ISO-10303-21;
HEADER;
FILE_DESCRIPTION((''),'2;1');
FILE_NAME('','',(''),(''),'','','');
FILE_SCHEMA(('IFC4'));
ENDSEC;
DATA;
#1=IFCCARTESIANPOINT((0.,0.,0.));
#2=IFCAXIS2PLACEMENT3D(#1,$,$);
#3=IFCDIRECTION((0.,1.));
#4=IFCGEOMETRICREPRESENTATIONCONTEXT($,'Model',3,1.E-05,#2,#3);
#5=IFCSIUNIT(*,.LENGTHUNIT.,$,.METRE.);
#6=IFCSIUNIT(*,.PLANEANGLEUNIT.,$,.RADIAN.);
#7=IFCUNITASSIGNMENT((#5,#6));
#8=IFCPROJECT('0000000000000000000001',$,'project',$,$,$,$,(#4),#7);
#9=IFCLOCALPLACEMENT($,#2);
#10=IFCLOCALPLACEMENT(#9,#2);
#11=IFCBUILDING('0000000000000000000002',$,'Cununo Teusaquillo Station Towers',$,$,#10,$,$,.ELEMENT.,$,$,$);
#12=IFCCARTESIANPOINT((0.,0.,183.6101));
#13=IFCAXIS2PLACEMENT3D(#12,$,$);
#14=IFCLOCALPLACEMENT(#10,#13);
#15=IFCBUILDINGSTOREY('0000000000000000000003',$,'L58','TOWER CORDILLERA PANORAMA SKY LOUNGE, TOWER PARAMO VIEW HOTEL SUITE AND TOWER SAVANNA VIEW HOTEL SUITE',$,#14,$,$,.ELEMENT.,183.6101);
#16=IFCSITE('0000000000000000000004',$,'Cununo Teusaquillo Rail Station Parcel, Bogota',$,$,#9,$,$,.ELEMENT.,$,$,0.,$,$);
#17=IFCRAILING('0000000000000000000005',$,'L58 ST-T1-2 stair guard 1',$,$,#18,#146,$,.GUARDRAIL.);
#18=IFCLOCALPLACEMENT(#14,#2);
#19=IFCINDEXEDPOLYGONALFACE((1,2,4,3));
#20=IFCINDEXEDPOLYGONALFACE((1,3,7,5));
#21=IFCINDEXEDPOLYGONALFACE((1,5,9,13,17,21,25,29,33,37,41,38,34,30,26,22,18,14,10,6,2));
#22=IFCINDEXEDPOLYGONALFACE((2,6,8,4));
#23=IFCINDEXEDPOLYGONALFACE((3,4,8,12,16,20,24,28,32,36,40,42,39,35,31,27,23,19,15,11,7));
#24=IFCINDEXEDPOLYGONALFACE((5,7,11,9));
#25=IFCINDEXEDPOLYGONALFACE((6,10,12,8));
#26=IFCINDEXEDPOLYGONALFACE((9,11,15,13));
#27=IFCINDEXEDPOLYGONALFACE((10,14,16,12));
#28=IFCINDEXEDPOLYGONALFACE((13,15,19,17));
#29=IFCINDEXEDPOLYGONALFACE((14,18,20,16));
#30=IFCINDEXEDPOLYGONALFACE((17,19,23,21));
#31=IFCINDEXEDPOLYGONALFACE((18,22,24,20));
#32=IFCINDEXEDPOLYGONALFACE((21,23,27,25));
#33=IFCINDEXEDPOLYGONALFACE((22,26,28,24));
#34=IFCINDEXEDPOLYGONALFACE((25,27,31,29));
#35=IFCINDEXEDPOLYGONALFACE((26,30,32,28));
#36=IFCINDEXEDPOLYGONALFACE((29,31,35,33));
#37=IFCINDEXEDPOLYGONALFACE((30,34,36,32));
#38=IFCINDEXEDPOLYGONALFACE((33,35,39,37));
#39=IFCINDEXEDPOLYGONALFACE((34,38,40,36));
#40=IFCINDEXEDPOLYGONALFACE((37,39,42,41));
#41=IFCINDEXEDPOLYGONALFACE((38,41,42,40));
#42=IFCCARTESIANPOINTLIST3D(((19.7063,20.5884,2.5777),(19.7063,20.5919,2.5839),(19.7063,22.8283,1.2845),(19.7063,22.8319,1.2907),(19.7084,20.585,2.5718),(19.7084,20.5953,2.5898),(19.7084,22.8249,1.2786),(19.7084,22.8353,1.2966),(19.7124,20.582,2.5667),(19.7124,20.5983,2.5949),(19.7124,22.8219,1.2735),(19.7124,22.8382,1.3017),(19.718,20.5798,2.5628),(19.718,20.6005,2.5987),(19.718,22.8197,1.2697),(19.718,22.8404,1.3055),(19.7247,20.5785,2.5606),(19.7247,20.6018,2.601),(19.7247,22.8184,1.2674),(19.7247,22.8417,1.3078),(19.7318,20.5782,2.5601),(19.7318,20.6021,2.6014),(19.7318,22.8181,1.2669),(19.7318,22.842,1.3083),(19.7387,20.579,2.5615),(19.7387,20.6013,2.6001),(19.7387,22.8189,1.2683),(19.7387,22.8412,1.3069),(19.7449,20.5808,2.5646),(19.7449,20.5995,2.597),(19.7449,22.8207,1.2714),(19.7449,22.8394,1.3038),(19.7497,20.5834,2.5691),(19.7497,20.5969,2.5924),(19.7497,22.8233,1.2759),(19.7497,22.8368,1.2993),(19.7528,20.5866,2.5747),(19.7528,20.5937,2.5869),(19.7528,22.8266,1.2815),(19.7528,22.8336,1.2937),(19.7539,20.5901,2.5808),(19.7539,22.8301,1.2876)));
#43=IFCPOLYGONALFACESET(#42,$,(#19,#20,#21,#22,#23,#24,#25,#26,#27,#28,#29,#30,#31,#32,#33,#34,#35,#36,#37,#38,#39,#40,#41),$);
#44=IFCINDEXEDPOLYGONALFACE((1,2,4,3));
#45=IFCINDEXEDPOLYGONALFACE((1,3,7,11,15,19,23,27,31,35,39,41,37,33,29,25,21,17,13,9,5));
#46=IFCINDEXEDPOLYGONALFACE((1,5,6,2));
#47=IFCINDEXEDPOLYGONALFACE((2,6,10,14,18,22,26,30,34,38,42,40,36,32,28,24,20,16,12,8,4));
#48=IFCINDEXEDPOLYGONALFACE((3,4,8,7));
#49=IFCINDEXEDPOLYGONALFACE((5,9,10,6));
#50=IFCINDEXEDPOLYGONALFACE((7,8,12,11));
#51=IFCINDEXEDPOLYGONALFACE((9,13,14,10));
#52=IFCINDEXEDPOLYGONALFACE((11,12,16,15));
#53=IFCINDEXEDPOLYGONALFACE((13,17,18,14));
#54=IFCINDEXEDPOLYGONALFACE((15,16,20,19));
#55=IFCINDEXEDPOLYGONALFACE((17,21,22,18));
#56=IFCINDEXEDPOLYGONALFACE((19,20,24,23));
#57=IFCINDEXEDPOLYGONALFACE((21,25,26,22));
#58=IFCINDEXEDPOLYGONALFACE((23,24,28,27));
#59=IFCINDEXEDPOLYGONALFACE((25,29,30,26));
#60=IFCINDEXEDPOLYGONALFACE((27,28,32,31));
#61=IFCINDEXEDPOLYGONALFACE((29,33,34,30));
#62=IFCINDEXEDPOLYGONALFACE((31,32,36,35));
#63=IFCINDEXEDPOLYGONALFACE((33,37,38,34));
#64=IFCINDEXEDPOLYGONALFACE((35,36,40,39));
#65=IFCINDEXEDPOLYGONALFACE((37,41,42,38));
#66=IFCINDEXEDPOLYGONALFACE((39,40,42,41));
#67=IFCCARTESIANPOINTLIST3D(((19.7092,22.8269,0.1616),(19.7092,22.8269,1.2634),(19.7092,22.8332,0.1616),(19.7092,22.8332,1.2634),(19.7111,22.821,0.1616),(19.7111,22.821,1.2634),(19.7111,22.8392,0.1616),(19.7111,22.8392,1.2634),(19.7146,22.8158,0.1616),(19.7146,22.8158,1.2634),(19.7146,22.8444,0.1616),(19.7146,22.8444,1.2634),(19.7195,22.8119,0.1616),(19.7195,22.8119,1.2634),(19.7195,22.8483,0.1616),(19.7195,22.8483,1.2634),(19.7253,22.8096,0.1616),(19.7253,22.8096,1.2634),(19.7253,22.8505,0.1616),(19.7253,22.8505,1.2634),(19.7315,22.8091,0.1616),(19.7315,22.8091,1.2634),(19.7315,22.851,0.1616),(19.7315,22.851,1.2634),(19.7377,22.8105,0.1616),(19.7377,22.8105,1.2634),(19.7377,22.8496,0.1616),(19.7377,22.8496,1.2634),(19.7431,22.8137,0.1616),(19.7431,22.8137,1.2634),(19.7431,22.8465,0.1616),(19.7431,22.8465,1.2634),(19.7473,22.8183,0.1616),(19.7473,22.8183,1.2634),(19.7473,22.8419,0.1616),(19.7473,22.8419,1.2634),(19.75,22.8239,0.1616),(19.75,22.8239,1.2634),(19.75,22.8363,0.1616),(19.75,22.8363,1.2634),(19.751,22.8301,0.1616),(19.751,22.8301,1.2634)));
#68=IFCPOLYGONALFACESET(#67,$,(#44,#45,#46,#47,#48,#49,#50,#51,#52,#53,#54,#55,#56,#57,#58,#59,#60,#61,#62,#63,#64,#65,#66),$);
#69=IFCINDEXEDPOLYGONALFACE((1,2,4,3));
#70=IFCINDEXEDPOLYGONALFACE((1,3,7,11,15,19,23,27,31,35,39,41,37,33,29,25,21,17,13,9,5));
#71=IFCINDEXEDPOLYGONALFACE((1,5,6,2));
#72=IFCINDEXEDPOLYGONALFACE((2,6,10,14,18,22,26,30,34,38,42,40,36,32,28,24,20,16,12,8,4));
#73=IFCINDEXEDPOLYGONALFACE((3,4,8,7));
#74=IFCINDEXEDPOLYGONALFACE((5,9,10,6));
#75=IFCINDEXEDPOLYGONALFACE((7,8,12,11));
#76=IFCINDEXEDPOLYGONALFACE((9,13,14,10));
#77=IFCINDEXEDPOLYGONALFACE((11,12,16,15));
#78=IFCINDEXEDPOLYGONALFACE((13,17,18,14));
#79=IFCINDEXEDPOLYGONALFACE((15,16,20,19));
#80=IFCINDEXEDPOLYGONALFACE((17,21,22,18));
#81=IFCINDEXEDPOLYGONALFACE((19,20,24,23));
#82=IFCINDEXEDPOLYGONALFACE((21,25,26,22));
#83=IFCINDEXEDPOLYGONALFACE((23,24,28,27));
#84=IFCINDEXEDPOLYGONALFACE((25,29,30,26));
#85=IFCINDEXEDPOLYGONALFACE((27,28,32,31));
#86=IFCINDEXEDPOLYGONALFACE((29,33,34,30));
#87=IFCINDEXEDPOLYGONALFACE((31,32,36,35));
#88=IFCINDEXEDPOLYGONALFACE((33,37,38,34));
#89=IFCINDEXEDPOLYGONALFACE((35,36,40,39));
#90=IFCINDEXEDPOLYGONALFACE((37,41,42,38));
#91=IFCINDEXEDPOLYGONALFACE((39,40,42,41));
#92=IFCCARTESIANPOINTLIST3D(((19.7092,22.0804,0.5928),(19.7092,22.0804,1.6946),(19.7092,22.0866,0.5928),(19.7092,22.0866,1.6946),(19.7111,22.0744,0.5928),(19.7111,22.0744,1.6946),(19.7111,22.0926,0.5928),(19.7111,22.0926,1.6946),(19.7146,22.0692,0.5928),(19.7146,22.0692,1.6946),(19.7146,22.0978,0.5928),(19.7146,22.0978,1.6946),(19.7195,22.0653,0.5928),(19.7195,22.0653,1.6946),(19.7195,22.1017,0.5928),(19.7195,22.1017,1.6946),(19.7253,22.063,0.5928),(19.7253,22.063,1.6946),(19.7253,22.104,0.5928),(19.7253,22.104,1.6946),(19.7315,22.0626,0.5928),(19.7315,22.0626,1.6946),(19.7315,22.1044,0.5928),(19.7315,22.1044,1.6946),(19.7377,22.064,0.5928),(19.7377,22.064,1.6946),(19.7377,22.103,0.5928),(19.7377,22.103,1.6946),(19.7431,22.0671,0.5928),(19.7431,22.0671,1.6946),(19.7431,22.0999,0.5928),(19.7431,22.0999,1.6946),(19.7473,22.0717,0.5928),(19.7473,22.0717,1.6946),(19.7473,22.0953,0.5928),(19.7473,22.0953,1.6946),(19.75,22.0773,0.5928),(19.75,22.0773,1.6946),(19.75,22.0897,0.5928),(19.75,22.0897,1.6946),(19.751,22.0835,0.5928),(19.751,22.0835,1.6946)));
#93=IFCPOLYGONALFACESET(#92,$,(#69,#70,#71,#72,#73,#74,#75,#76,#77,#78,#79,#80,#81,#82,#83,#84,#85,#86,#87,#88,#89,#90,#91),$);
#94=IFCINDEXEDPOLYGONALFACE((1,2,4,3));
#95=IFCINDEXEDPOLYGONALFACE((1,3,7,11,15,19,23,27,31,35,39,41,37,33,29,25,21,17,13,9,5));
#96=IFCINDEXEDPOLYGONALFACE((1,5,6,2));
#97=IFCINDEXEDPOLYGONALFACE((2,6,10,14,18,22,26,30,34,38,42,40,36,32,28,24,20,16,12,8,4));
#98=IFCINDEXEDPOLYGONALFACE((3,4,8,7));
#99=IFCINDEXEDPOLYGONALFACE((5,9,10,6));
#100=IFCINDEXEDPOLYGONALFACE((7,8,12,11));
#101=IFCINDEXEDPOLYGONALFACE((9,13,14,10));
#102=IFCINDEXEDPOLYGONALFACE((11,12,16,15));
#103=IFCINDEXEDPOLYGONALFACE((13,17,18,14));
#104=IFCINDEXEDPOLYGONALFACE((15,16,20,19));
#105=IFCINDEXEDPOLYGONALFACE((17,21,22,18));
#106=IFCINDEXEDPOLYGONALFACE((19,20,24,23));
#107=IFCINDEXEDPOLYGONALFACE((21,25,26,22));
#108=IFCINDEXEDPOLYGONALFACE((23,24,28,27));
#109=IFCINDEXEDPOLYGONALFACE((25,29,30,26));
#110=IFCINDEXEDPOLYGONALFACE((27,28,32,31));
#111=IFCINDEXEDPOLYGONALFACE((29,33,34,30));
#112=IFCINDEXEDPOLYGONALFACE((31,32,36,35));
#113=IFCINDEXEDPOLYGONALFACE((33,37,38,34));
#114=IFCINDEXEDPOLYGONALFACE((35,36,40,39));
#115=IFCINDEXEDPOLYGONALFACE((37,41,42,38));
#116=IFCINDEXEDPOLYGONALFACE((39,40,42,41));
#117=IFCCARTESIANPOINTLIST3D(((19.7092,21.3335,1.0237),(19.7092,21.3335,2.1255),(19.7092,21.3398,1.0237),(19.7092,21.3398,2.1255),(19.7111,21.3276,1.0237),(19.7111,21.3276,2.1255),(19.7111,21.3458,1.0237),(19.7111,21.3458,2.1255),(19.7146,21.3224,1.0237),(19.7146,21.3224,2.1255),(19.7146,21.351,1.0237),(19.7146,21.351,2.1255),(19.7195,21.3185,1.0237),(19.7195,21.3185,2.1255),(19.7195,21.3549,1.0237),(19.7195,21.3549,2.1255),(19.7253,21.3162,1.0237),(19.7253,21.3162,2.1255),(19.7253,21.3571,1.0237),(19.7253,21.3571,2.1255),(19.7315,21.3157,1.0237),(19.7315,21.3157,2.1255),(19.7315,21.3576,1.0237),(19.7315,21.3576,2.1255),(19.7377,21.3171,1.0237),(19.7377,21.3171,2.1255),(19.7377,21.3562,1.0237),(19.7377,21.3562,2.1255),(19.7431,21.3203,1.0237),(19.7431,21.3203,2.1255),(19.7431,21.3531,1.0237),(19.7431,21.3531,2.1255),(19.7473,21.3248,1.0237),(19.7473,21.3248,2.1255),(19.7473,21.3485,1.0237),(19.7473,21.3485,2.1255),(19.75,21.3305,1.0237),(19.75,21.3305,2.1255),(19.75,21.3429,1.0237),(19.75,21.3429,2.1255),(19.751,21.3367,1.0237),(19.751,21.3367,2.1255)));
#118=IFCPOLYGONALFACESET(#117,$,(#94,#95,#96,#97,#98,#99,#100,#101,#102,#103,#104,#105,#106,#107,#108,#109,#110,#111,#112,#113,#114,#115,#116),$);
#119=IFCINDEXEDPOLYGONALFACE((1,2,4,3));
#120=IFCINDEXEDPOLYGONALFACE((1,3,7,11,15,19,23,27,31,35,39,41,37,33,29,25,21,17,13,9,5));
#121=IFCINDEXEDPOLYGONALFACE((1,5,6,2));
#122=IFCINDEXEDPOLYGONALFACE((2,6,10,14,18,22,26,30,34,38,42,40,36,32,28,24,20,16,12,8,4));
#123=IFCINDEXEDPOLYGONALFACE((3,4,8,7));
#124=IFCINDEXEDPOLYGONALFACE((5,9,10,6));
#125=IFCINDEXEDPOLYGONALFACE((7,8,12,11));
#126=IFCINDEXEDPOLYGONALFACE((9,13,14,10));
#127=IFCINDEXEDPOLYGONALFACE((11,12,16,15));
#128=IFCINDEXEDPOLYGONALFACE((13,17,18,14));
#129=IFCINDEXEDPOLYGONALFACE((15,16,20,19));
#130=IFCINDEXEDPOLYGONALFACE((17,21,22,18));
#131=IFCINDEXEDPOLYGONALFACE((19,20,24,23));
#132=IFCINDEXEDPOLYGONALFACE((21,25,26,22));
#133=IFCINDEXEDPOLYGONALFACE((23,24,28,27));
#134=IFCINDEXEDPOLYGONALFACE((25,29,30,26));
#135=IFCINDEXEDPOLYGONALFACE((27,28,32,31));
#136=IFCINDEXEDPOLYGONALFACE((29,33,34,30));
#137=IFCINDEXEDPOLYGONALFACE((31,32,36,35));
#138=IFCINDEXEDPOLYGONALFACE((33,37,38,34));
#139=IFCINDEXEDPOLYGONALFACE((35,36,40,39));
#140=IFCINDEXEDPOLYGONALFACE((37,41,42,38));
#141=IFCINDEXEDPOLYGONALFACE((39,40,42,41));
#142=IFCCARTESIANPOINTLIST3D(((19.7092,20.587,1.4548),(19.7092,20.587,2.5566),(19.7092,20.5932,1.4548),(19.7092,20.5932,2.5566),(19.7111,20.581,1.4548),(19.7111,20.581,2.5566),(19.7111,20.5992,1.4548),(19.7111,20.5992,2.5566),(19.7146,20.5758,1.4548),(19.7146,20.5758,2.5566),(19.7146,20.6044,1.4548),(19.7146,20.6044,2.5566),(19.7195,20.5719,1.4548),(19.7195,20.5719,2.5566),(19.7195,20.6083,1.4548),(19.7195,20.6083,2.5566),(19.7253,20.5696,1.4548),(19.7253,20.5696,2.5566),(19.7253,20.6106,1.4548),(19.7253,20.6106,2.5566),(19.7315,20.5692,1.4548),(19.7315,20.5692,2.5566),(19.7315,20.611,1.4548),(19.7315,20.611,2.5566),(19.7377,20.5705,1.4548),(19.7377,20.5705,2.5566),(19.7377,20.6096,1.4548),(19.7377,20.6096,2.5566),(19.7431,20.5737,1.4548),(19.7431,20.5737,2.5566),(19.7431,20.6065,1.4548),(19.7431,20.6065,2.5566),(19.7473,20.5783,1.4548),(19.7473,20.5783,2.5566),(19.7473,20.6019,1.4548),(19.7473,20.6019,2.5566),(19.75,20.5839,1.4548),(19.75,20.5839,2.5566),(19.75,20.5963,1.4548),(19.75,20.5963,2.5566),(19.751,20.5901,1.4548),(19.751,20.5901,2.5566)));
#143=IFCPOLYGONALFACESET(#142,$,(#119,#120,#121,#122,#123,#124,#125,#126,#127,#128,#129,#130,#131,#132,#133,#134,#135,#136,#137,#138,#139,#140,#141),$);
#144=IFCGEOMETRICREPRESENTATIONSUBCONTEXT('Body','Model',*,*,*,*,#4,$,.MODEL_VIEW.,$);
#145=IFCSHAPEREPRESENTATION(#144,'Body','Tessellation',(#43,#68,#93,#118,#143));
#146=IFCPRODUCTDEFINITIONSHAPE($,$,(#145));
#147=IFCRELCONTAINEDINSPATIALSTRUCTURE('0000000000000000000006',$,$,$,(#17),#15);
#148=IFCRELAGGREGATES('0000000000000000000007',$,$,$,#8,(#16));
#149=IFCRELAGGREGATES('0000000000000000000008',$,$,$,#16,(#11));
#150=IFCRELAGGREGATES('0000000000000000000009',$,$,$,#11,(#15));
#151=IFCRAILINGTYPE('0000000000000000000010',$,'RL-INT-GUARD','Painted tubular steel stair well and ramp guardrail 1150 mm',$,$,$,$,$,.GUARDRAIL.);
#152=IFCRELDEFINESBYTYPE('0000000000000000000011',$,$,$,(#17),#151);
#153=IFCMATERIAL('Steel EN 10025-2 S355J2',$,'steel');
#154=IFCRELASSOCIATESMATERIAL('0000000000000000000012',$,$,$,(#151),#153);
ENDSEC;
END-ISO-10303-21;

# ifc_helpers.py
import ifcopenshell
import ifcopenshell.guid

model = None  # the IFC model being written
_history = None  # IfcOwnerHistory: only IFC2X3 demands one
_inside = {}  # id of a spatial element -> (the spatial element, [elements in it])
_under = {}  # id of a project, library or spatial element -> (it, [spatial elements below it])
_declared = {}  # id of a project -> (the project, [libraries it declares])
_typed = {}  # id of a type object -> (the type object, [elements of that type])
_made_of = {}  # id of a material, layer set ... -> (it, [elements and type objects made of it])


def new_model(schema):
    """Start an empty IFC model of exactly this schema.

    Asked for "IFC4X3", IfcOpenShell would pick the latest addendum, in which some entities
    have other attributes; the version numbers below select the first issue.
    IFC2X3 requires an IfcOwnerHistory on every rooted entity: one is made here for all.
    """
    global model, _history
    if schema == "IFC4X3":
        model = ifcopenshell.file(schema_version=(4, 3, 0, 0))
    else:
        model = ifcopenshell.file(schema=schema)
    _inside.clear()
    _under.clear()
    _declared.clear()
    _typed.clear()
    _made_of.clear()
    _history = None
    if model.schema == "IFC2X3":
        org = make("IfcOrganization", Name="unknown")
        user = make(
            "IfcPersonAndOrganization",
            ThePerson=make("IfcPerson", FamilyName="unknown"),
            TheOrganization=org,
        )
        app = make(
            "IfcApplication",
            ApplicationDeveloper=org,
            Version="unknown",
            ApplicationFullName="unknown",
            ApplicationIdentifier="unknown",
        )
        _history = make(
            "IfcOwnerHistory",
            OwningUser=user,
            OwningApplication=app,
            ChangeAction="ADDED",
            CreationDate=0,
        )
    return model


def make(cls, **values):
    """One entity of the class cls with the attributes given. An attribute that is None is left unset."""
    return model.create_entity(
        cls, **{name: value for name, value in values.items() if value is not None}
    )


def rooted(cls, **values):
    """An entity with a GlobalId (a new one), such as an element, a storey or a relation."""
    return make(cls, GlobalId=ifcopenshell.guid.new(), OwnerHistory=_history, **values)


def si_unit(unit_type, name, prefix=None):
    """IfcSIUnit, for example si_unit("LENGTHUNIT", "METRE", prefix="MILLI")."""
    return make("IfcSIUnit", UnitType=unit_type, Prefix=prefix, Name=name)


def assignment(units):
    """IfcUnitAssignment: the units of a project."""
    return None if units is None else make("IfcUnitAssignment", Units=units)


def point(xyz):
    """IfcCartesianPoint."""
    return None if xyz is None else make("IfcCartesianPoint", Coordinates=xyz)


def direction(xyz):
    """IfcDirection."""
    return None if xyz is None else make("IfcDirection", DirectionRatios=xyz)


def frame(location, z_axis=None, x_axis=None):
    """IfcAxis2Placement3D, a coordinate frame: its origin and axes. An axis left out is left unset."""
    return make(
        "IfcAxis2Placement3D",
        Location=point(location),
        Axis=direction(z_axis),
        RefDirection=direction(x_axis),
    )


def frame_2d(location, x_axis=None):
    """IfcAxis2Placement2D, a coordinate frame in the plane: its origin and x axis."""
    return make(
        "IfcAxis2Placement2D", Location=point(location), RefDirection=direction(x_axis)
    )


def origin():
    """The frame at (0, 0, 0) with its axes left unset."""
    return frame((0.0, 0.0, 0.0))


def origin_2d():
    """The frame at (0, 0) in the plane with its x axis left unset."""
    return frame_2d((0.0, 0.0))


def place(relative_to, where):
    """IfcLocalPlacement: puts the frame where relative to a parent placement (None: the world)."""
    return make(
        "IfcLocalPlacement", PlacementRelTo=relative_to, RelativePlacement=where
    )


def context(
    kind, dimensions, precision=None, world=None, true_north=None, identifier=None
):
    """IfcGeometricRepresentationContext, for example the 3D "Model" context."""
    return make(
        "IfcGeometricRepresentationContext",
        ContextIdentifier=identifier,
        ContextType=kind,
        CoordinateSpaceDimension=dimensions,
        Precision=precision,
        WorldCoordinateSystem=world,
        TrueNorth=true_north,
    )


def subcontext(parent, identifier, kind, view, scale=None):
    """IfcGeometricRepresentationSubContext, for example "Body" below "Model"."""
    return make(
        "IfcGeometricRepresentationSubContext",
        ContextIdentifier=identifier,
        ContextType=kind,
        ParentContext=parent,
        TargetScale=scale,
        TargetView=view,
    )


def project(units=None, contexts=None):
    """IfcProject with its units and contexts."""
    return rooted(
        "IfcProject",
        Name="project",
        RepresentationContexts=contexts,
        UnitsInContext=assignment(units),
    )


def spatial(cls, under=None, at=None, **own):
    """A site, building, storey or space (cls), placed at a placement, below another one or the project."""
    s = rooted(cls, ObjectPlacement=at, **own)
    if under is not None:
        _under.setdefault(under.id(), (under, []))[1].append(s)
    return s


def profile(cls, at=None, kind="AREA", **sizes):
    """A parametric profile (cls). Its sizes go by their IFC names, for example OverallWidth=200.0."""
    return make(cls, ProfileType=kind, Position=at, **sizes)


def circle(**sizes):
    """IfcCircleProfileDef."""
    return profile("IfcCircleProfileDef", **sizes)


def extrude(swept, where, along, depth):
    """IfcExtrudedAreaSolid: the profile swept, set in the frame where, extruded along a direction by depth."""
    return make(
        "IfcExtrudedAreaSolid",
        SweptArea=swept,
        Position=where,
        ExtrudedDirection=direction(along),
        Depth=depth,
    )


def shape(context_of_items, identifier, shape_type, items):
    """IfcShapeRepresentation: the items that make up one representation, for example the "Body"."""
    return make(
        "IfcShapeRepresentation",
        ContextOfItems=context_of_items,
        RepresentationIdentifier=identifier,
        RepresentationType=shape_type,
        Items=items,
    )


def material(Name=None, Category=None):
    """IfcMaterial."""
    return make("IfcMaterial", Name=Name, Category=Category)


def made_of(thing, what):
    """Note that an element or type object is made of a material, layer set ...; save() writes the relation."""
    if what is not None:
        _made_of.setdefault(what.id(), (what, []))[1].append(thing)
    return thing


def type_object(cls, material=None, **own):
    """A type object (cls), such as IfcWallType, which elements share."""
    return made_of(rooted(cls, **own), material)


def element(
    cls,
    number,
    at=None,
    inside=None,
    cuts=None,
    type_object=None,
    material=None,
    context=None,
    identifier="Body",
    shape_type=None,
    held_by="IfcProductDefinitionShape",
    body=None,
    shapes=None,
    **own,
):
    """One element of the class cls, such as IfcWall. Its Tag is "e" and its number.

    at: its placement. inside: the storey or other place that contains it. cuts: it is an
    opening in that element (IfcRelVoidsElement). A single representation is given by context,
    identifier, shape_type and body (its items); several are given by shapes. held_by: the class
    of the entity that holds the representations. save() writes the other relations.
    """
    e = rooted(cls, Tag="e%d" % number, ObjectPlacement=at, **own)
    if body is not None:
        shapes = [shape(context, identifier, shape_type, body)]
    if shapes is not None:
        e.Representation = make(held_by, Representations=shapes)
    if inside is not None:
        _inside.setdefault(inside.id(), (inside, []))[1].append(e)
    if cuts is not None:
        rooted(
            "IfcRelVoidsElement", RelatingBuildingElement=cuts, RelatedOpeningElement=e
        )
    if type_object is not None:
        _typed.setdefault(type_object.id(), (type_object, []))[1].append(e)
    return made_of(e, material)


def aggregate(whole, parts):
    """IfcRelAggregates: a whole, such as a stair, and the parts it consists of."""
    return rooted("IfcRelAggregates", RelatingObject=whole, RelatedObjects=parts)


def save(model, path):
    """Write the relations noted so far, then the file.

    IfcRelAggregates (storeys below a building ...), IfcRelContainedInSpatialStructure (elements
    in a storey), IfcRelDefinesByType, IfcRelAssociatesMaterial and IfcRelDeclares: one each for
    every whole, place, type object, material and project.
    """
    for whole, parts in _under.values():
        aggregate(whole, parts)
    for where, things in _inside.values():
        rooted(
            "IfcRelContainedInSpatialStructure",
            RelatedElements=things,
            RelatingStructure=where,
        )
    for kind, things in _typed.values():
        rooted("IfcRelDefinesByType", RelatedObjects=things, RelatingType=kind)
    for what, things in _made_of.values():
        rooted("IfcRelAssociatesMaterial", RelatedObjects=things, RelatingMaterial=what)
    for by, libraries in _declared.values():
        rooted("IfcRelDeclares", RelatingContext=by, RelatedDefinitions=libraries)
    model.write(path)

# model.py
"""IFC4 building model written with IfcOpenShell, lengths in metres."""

from ifc_helpers import new_model, si_unit, direction, frame, origin, origin_2d, place, context, subcontext, project, spatial, circle, extrude, material, type_object, element, save


model = new_model("IFC4")

# Units and contexts
model_context = context("Model", 3, precision=1e-05, world=origin(), true_north=direction((0.0, 1.0)))
body_context = subcontext(model_context, "Body", "Model", "MODEL_VIEW")
ifc_project = project(units=[si_unit("LENGTHUNIT", "METRE"), si_unit("PLANEANGLEUNIT", "RADIAN")], contexts=[model_context])

# Site, building, storey
site_placement = place(None, origin())
site = spatial("IfcSite", under=ifc_project, at=site_placement, Name="Cununo Teusaquillo Rail Station Parcel, Bogota", CompositionType="ELEMENT", RefElevation=0.0)
building_placement = place(site_placement, origin())
building = spatial("IfcBuilding", under=site, at=building_placement, Name="Cununo Teusaquillo Station Towers", CompositionType="ELEMENT")
storey_placement = place(building_placement, frame((0.0, 0.0, 183.6101)))
storey = spatial("IfcBuildingStorey", under=building, at=storey_placement, Name="L58", Description="TOWER CORDILLERA PANORAMA SKY LOUNGE, TOWER PARAMO VIEW HOTEL SUITE AND TOWER SAVANNA VIEW HOTEL SUITE", CompositionType="ELEMENT", Elevation=183.6101)

# Railing
ifc_material_1 = material(Name="Steel EN 10025-2 S355J2", Category="steel")
railing_type_1 = type_object("IfcRailingType", Name="RL-INT-GUARD", Description="Painted tubular steel stair well and ramp guardrail 1150 mm", PredefinedType="GUARDRAIL", material=ifc_material_1)
railing_1_placement = place(storey_placement, frame((19.73, 22.8301, 0.1616)))
element("IfcRailing", 1, at=railing_1_placement, inside=storey, type_object=railing_type_1, Name="L58 ST-T1-2 stair guard 1", PredefinedType="GUARDRAIL", context=body_context, shape_type="SweptSolid", body=[
    extrude(circle(Radius=0.0239, at=origin_2d()), frame((0.0, 0.0, 1.126), z_axis=(0.0, -0.866033, 0.499987), x_axis=(1.0, 0.0, 0.0)), (0.0, 0.0, 1.0), 2.5864),
    extrude(circle(Radius=0.021, at=origin_2d()), origin(), (0.0, 0.0, 1.0), 1.1018),
    extrude(circle(Radius=0.021, at=origin_2d()), frame((0.0, -0.7466, 0.4312)), (0.0, 0.0, 1.0), 1.1018),
    extrude(circle(Radius=0.021, at=origin_2d()), frame((0.0, -1.4934, 0.8621)), (0.0, 0.0, 1.0), 1.1018),
    extrude(circle(Radius=0.021, at=origin_2d()), frame((0.0, -2.24, 1.2932)), (0.0, 0.0, 1.0), 1.1018),
])

save(model, "model.ifc")
